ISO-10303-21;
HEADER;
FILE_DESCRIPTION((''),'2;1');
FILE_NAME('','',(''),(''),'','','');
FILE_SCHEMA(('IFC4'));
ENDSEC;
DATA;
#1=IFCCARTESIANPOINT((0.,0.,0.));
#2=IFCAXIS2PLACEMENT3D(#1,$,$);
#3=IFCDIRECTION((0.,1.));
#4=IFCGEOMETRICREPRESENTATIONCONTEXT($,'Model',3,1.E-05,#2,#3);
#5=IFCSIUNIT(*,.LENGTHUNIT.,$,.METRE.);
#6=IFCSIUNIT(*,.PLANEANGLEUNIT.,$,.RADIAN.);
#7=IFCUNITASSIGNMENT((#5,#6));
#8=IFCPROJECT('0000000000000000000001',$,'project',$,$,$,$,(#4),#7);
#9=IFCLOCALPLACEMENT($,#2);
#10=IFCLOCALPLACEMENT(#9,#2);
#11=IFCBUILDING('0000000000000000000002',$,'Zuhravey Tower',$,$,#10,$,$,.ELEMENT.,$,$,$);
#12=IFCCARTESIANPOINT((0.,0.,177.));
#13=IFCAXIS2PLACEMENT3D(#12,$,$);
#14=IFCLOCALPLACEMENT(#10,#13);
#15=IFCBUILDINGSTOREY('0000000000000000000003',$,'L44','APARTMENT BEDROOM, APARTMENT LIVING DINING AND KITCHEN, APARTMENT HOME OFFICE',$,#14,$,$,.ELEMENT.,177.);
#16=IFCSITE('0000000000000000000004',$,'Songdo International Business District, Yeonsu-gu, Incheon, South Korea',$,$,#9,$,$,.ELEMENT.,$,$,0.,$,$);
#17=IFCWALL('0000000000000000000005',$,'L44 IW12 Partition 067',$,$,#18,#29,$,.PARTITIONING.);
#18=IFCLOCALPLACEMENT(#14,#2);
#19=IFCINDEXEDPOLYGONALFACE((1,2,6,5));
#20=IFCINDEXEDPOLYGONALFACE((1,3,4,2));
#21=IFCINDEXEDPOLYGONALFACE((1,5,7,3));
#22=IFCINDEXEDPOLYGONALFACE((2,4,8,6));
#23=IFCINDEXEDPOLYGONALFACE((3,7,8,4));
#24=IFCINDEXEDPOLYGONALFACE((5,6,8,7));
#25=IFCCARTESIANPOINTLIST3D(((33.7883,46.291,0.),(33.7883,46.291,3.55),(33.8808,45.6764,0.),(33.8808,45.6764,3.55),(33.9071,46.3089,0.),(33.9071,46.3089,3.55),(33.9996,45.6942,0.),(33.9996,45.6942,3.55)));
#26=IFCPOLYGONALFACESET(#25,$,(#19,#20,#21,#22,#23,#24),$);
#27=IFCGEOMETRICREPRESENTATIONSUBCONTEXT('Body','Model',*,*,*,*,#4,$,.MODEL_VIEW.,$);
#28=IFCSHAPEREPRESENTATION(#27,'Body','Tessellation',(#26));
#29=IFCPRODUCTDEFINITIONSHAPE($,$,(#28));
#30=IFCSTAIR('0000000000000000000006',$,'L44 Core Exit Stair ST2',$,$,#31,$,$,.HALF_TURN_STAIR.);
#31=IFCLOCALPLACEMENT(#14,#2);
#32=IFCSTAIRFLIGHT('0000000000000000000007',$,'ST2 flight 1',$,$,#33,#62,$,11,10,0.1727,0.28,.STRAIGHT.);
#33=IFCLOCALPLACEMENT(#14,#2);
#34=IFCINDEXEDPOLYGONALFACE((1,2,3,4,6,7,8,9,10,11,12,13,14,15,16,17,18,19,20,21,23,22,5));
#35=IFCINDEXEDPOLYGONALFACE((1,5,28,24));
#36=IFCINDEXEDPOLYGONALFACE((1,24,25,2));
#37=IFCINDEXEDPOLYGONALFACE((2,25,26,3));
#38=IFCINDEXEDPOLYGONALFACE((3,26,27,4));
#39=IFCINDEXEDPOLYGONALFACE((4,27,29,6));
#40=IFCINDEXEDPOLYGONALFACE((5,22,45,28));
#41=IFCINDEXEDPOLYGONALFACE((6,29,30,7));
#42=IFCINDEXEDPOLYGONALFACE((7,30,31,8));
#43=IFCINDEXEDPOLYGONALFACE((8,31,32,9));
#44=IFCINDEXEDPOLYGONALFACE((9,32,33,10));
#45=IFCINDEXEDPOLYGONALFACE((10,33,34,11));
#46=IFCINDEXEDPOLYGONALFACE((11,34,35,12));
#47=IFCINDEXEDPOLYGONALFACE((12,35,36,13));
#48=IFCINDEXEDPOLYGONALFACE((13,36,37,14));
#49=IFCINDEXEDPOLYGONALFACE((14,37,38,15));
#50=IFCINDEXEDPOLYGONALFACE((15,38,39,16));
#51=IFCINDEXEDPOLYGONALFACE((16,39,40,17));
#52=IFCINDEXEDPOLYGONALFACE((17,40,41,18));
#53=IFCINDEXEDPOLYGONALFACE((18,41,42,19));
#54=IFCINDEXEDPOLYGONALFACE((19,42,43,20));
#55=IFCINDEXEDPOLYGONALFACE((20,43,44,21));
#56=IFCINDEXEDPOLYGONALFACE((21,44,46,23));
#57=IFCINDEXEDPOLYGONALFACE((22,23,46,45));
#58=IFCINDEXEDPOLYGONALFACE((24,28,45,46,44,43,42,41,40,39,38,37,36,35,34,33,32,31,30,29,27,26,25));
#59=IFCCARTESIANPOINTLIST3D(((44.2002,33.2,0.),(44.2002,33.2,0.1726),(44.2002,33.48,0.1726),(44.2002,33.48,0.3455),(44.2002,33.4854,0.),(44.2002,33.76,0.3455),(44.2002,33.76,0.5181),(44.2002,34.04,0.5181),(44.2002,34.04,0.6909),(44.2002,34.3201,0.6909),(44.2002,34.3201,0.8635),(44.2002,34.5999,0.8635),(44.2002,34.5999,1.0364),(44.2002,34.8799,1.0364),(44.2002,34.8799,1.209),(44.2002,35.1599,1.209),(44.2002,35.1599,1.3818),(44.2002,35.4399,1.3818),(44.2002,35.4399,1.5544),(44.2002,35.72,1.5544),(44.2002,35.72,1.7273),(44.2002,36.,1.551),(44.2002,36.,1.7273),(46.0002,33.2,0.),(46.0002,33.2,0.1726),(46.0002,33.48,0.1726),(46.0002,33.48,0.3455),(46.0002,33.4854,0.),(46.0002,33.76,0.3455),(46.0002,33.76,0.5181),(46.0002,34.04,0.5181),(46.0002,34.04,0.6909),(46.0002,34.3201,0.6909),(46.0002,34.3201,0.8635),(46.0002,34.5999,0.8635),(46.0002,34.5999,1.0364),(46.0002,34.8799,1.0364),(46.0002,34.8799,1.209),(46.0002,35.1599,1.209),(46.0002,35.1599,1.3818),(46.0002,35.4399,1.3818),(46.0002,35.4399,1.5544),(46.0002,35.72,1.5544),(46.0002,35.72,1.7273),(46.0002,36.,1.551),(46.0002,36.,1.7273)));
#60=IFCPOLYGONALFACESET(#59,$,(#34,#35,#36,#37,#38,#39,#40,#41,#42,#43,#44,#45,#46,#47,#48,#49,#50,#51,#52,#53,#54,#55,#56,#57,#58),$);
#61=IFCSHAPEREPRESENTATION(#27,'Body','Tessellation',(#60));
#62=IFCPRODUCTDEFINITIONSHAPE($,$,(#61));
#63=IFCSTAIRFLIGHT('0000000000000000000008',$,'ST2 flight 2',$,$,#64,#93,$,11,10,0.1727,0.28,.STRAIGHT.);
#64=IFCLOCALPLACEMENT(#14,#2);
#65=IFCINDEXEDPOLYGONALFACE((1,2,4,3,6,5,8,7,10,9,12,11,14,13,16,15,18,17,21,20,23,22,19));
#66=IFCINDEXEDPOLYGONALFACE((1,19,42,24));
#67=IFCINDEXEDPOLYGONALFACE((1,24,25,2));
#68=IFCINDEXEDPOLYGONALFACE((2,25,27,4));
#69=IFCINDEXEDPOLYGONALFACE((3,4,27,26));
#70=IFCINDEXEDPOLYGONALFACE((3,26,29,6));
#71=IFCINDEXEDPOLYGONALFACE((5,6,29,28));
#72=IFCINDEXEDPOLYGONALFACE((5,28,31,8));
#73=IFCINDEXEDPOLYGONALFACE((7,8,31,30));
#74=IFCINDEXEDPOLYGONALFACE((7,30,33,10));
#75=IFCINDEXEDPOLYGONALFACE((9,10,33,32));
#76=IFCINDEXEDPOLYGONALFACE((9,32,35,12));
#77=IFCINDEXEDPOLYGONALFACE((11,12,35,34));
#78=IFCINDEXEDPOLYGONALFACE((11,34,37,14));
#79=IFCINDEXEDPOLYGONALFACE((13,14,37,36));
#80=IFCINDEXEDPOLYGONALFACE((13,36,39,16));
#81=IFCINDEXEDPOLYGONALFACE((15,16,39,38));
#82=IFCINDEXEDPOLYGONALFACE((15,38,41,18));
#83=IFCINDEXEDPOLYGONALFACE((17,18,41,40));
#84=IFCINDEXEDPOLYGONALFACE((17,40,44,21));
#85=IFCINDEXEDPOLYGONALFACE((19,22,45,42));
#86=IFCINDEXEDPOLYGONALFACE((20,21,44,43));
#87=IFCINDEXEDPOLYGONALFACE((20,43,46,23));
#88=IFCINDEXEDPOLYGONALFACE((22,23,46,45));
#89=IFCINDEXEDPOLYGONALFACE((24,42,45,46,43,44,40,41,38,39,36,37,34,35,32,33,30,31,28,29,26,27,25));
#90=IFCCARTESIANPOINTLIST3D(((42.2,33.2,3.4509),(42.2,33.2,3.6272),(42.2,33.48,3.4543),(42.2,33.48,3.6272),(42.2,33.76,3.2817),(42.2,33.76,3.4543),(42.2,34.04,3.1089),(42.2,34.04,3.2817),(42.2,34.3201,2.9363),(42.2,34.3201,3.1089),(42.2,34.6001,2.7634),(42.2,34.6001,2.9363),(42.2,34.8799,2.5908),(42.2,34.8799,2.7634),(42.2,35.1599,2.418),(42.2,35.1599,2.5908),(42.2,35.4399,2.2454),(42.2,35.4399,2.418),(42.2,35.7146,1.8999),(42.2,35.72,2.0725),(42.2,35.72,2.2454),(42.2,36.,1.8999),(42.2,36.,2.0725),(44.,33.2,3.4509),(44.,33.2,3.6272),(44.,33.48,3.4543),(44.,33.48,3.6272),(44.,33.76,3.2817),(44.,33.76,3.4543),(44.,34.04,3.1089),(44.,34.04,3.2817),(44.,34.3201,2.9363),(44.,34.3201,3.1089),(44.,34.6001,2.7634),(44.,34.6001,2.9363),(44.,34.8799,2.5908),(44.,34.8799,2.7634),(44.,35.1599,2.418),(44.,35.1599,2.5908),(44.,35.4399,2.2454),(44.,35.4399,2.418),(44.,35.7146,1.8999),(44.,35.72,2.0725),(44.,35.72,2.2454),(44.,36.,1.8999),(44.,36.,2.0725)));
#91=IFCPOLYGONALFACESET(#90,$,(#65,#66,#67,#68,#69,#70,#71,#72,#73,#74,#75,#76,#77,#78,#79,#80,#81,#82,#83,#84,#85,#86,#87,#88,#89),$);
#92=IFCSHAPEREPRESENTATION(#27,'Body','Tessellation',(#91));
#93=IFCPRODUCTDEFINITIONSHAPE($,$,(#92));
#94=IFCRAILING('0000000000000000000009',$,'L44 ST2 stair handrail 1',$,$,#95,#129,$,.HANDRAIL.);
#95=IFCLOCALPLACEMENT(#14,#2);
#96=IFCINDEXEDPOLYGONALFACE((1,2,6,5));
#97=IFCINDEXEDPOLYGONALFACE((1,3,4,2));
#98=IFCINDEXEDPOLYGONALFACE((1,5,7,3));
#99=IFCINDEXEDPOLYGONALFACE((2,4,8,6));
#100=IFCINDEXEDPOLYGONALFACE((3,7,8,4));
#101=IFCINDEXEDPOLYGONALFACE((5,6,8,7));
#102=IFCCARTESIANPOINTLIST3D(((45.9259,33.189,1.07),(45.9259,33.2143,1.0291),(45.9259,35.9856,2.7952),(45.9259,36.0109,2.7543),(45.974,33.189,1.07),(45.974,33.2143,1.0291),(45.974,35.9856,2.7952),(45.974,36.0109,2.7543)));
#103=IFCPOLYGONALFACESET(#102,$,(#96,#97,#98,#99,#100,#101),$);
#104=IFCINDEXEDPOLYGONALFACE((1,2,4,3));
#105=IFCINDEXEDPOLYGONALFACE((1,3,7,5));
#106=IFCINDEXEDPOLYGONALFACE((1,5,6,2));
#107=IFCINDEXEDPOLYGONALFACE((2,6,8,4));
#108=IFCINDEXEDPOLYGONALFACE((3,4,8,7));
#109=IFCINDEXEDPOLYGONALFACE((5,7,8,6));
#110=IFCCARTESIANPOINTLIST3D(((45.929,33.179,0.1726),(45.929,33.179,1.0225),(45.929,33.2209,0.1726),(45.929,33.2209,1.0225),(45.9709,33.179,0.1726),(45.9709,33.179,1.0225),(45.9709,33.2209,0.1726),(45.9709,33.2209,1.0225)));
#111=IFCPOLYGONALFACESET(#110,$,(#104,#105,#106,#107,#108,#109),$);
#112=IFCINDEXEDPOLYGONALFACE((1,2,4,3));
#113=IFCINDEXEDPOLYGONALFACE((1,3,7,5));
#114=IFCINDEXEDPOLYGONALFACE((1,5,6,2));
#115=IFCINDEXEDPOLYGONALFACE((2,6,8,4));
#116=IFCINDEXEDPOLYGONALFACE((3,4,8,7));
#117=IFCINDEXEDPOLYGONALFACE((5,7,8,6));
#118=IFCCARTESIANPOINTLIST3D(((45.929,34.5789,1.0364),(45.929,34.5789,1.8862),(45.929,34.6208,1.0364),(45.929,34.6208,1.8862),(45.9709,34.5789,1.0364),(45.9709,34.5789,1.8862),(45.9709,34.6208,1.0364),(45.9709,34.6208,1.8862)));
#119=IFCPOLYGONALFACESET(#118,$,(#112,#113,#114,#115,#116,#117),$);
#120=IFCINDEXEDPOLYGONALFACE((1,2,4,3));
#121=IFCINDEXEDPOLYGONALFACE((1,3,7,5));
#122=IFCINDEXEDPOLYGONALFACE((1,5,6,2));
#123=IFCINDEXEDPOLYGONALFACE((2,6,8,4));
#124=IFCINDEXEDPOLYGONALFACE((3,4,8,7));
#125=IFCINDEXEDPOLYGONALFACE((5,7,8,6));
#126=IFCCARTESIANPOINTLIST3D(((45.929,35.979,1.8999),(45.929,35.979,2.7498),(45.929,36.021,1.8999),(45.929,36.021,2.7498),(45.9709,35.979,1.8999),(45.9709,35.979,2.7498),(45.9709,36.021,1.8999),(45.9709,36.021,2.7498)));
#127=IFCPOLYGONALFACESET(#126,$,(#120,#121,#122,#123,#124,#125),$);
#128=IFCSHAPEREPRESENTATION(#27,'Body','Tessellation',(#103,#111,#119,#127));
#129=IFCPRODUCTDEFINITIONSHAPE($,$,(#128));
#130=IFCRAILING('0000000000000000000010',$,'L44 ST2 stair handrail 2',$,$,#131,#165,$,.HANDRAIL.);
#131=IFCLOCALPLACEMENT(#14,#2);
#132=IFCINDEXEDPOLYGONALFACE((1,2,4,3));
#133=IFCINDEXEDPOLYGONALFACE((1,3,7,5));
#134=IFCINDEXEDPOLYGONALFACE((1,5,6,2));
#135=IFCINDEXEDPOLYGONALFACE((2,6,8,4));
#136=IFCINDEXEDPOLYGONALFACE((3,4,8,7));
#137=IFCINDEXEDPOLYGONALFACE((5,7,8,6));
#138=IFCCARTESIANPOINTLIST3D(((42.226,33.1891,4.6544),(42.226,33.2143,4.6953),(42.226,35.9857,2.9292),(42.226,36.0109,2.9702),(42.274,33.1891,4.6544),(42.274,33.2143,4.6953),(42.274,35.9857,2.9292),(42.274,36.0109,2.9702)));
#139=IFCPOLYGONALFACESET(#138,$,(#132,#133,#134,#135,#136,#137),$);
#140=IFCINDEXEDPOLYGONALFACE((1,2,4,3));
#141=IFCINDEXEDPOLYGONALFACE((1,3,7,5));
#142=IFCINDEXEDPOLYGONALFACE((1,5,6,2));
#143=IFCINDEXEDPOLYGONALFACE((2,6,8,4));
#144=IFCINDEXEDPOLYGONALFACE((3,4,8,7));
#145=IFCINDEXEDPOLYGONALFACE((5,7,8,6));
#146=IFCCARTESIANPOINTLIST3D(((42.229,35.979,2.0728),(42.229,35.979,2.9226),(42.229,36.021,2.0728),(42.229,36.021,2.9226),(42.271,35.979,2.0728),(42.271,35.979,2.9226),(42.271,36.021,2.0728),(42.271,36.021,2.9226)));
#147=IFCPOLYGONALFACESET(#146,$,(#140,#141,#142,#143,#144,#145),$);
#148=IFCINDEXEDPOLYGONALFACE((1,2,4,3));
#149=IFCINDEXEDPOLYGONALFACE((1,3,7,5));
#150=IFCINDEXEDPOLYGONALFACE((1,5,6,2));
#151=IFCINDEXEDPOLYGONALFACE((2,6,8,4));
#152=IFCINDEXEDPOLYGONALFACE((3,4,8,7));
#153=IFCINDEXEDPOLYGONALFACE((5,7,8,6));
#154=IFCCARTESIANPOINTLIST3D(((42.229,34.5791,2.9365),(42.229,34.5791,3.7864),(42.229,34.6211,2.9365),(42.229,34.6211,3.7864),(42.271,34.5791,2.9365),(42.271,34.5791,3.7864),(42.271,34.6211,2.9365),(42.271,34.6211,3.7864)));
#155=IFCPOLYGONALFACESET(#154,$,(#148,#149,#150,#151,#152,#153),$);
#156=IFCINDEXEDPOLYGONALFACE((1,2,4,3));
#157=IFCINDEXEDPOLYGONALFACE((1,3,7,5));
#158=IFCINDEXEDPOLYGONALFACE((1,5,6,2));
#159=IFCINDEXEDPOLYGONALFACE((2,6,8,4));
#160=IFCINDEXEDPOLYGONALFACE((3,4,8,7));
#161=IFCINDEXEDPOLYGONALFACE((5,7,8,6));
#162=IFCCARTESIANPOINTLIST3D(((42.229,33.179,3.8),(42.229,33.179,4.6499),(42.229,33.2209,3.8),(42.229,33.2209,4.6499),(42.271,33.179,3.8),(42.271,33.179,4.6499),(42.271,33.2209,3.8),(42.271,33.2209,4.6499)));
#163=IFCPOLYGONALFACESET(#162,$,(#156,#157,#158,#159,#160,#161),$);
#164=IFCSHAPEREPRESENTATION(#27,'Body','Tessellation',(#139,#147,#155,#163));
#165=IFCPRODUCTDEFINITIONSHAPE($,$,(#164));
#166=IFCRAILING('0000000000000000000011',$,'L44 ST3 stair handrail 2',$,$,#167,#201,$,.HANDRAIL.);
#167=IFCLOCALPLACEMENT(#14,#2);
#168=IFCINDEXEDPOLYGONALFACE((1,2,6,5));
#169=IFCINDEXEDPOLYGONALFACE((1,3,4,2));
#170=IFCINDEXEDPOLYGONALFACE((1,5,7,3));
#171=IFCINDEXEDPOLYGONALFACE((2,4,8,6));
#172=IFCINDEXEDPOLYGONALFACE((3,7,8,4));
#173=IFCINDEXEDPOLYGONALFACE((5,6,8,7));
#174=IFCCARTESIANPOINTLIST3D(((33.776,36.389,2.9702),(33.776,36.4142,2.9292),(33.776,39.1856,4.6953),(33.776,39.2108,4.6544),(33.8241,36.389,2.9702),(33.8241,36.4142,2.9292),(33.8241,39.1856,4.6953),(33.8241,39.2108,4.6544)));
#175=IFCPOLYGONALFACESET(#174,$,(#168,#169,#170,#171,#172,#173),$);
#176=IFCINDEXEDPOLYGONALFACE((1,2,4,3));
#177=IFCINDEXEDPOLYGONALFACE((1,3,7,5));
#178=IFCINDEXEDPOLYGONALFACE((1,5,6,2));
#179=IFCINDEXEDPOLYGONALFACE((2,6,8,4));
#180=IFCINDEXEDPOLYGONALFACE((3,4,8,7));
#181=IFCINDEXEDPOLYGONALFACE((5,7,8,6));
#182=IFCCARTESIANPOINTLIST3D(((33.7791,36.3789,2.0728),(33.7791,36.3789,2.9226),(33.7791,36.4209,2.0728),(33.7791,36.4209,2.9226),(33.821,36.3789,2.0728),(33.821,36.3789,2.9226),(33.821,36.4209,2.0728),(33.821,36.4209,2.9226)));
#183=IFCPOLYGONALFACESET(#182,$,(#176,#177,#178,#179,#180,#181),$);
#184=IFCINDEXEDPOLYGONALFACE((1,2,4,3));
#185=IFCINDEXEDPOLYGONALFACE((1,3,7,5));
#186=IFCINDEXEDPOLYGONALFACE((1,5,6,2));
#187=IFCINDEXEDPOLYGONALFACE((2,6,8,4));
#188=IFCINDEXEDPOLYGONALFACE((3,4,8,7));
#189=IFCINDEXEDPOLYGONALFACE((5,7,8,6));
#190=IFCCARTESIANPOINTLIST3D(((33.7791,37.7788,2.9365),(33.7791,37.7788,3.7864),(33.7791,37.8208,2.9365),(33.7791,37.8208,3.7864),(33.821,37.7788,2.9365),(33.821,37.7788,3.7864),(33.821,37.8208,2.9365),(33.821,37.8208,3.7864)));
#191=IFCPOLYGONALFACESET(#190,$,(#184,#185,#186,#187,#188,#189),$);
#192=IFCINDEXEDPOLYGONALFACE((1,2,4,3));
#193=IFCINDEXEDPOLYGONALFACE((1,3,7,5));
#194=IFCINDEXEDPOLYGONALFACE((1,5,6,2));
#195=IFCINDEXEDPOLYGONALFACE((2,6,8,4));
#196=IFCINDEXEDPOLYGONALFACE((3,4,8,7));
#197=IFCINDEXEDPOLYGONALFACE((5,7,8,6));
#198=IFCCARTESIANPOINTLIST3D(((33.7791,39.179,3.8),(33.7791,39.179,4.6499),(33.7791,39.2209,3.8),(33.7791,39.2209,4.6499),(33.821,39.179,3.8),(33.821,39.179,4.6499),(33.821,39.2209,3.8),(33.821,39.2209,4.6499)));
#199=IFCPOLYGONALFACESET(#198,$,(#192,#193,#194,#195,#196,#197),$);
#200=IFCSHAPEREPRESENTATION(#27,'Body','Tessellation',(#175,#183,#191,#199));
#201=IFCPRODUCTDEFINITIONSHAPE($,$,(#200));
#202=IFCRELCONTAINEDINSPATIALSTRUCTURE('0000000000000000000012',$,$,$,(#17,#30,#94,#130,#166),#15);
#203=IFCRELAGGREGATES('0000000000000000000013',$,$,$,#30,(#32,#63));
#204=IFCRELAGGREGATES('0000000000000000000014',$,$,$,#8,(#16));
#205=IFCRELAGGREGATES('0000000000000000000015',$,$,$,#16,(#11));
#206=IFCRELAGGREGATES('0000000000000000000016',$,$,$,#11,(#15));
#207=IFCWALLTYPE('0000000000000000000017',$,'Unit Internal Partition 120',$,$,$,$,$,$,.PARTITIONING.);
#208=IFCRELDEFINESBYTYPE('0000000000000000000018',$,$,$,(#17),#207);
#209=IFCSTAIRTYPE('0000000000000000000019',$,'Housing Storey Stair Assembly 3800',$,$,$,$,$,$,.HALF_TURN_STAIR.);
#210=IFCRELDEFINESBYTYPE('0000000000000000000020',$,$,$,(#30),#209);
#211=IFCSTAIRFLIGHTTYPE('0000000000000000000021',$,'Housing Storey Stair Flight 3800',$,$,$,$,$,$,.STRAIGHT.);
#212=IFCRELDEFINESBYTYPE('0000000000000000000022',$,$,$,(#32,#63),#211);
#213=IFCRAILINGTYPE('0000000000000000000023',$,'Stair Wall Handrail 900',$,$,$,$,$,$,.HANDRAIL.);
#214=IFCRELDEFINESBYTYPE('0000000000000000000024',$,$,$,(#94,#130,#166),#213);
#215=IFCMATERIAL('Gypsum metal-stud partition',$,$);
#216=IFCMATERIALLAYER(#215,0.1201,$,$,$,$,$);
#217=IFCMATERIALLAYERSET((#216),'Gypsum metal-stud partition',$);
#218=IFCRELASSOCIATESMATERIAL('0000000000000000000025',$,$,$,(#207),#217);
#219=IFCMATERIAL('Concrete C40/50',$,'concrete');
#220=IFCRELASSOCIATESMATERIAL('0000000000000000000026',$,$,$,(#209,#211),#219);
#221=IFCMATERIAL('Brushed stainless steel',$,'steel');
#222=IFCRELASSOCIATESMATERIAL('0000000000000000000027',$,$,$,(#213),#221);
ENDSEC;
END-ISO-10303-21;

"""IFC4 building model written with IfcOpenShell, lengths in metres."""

from ifc_helpers import new_model, si_unit, direction, frame, frame_2d, origin, origin_2d, place, context, subcontext, project, spatial, polyline, rectangle, outline, extrude, material, layer, layer_set, type_object, element, aggregate, save


model = new_model("IFC4")

# Units and contexts
model_context = context("Model", 3, precision=1e-05, world=origin(), true_north=direction((0.0, 1.0)))
body_context = subcontext(model_context, "Body", "Model", "MODEL_VIEW")
ifc_project = project(units=[si_unit("LENGTHUNIT", "METRE"), si_unit("PLANEANGLEUNIT", "RADIAN")], contexts=[model_context])

# Site, building, storey
site_placement = place(None, origin())
site = spatial("IfcSite", under=ifc_project, at=site_placement, Name="Songdo International Business District, Yeonsu-gu, Incheon, South Korea", CompositionType="ELEMENT", RefElevation=0.0)
building_placement = place(site_placement, origin())
building = spatial("IfcBuilding", under=site, at=building_placement, Name="Zuhravey Tower", CompositionType="ELEMENT")
storey_placement = place(building_placement, frame((0.0, 0.0, 177.0)))
storey = spatial("IfcBuildingStorey", under=building, at=storey_placement, Name="L44", Description="APARTMENT BEDROOM, APARTMENT LIVING DINING AND KITCHEN, APARTMENT HOME OFFICE", CompositionType="ELEMENT", Elevation=177.0)

# Wall
ifc_material_1 = material(Name="Gypsum metal-stud partition")
ifc_layer_1 = layer(ifc_material_1, 0.1201)
ifc_layer_set_1 = layer_set([ifc_layer_1], Name="Gypsum metal-stud partition")
wall_type_1 = type_object("IfcWallType", Name="Unit Internal Partition 120", PredefinedType="PARTITIONING", material=ifc_layer_set_1)
wall_1_placement = place(storey_placement, frame((33.9402, 45.6853, 0.0), z_axis=(0.0, 0.0, 1.0), x_axis=(-0.14884, 0.988861, 0.0)))
element("IfcWall", 1, at=wall_1_placement, inside=storey, type_object=wall_type_1, Name="L44 IW12 Partition 067", PredefinedType="PARTITIONING", context=body_context, shape_type="SweptSolid", body=[
    extrude(rectangle(XDim=0.6216, YDim=0.1201, at=frame_2d((0.3108, 0.0))), origin(), (0.0, 0.0, 1.0), 3.55),
])

# Stair, stair flights
ifc_material_2 = material(Name="Concrete C40/50", Category="concrete")
stair_type = type_object("IfcStairType", Name="Housing Storey Stair Assembly 3800", PredefinedType="HALF_TURN_STAIR", material=ifc_material_2)
stair_placement = place(storey_placement, origin())
stair = element("IfcStair", 2, at=stair_placement, inside=storey, type_object=stair_type, Name="L44 Core Exit Stair ST2", PredefinedType="HALF_TURN_STAIR")
stair_flight_type = type_object("IfcStairFlightType", Name="Housing Storey Stair Flight 3800", PredefinedType="STRAIGHT", material=ifc_material_2)
stair_flight_1_placement = place(storey_placement, frame((45.1001, 33.2, 0.0), z_axis=(0.0, 0.0, 1.0), x_axis=(0.0, 1.0, 0.0)))
stair_flight_1 = element("IfcStairFlight", 3, at=stair_flight_1_placement, type_object=stair_flight_type, Name="ST2 flight 1", NumberOfRisers=11, NumberOfTreads=10, PredefinedType="STRAIGHT", RiserHeight=0.1727, TreadLength=0.28, context=body_context, shape_type="SweptSolid", body=[
    extrude(outline(polyline([(0.0, 0.0), (0.0, 0.1726), (0.28, 0.1726), (0.28, 0.3455), (0.5601, 0.3455), (0.5601, 0.5181), (0.8401, 0.5181), (0.8401, 0.6909), (1.1201, 0.6909), (1.1201, 0.8635), (1.3999, 0.8635), (1.3999, 1.0364), (1.6799, 1.0364), (1.6799, 1.209), (1.96, 1.209), (1.96, 1.3818), (2.24, 1.3818), (2.24, 1.5544), (2.52, 1.5544), (2.52, 1.7273), (2.8, 1.7273), (2.8, 1.8999), (2.8, 1.551), (0.2854, 0.0), (0.0, 0.0)])), frame((0.0, 0.8999, 0.0), z_axis=(0.0, -1.0, 0.0), x_axis=(1.0, 0.0, 0.0)), (0.0, 0.0, 1.0), 1.8),
])
stair_flight_2_placement = place(storey_placement, frame((43.1001, 36.0, 1.8999), z_axis=(0.0, 0.0, 1.0), x_axis=(0.0, -1.0, 0.0)))
stair_flight_2 = element("IfcStairFlight", 4, at=stair_flight_2_placement, type_object=stair_flight_type, Name="ST2 flight 2", NumberOfRisers=11, NumberOfTreads=10, PredefinedType="STRAIGHT", RiserHeight=0.1727, TreadLength=0.28, context=body_context, shape_type="SweptSolid", body=[
    extrude(outline(polyline([(0.0, 0.0), (0.0, 0.1726), (0.28, 0.1726), (0.28, 0.3455), (0.5601, 0.3455), (0.5601, 0.5181), (0.8401, 0.5181), (0.8401, 0.6909), (1.1201, 0.6909), (1.1201, 0.8635), (1.3999, 0.8635), (1.3999, 1.0364), (1.6799, 1.0364), (1.6799, 1.209), (1.96, 1.209), (1.96, 1.3818), (2.24, 1.3818), (2.24, 1.5544), (2.52, 1.5544), (2.52, 1.7273), (2.8, 1.7273), (2.8, 1.8999), (2.8, 1.551), (0.2854, 0.0), (0.0, 0.0)])), frame((0.0, 0.8999, 0.0), z_axis=(0.0, -1.0, 0.0), x_axis=(1.0, 0.0, 0.0)), (0.0, 0.0, 1.0), 1.8),
])
aggregate(stair, [stair_flight_1, stair_flight_2])

# Railings
ifc_material_3 = material(Name="Brushed stainless steel", Category="steel")
railing_type_1 = type_object("IfcRailingType", Name="Stair Wall Handrail 900", PredefinedType="HANDRAIL", material=ifc_material_3)
railing_1_placement = place(storey_placement, frame((45.95, 33.2, 0.1726)))
element("IfcRailing", 5, at=railing_1_placement, inside=storey, type_object=railing_type_1, Name="L44 ST2 stair handrail 1", PredefinedType="HANDRAIL", context=body_context, shape_type="SweptSolid", body=[
    extrude(rectangle(XDim=0.0481, YDim=0.0481, at=origin_2d()), frame((0.0, 0.0017, 0.877), z_axis=(0.0, 0.85109, 0.52502), x_axis=(-1.0, 0.0, 0.0)), (0.0, 0.0, 1.0), 3.2859),
    extrude(rectangle(XDim=0.042, YDim=0.042, at=origin_2d()), origin(), (0.0, 0.0, 1.0), 0.8499),
    extrude(rectangle(XDim=0.042, YDim=0.042, at=origin_2d()), frame((0.0, 1.3999, 0.8638)), (0.0, 0.0, 1.0), 0.8499),
    extrude(rectangle(XDim=0.042, YDim=0.042, at=origin_2d()), frame((0.0, 2.8, 1.7273)), (0.0, 0.0, 1.0), 0.8499),
])
railing_2_placement = place(storey_placement, frame((42.25, 36.0, 2.0728)))
element("IfcRailing", 6, at=railing_2_placement, inside=storey, type_object=railing_type_1, Name="L44 ST2 stair handrail 2", PredefinedType="HANDRAIL", context=body_context, shape_type="SweptSolid", body=[
    extrude(rectangle(XDim=0.0481, YDim=0.0481, at=origin_2d()), frame((0.0, -0.0017, 0.877), z_axis=(0.0, -0.85109, 0.52502), x_axis=(1.0, 0.0, 0.0)), (0.0, 0.0, 1.0), 3.2859),
    extrude(rectangle(XDim=0.042, YDim=0.042, at=origin_2d()), origin(), (0.0, 0.0, 1.0), 0.8499),
    extrude(rectangle(XDim=0.042, YDim=0.042, at=origin_2d()), frame((0.0, -1.3999, 0.8638)), (0.0, 0.0, 1.0), 0.8499),
    extrude(rectangle(XDim=0.042, YDim=0.042, at=origin_2d()), frame((0.0, -2.8, 1.7273)), (0.0, 0.0, 1.0), 0.8499),
])
railing_3_placement = place(storey_placement, frame((33.8, 36.3999, 2.0728)))
element("IfcRailing", 7, at=railing_3_placement, inside=storey, type_object=railing_type_1, Name="L44 ST3 stair handrail 2", PredefinedType="HANDRAIL", context=body_context, shape_type="SweptSolid", body=[
    extrude(rectangle(XDim=0.0481, YDim=0.0481, at=origin_2d()), frame((0.0, 0.0017, 0.877), z_axis=(0.0, 0.85109, 0.52502), x_axis=(-1.0, 0.0, 0.0)), (0.0, 0.0, 1.0), 3.2859),
    extrude(rectangle(XDim=0.042, YDim=0.042, at=origin_2d()), origin(), (0.0, 0.0, 1.0), 0.8499),
    extrude(rectangle(XDim=0.042, YDim=0.042, at=origin_2d()), frame((0.0, 1.3999, 0.8638)), (0.0, 0.0, 1.0), 0.8499),
    extrude(rectangle(XDim=0.042, YDim=0.042, at=origin_2d()), frame((0.0, 2.8, 1.7273)), (0.0, 0.0, 1.0), 0.8499),
])

save(model, "model.ifc")
